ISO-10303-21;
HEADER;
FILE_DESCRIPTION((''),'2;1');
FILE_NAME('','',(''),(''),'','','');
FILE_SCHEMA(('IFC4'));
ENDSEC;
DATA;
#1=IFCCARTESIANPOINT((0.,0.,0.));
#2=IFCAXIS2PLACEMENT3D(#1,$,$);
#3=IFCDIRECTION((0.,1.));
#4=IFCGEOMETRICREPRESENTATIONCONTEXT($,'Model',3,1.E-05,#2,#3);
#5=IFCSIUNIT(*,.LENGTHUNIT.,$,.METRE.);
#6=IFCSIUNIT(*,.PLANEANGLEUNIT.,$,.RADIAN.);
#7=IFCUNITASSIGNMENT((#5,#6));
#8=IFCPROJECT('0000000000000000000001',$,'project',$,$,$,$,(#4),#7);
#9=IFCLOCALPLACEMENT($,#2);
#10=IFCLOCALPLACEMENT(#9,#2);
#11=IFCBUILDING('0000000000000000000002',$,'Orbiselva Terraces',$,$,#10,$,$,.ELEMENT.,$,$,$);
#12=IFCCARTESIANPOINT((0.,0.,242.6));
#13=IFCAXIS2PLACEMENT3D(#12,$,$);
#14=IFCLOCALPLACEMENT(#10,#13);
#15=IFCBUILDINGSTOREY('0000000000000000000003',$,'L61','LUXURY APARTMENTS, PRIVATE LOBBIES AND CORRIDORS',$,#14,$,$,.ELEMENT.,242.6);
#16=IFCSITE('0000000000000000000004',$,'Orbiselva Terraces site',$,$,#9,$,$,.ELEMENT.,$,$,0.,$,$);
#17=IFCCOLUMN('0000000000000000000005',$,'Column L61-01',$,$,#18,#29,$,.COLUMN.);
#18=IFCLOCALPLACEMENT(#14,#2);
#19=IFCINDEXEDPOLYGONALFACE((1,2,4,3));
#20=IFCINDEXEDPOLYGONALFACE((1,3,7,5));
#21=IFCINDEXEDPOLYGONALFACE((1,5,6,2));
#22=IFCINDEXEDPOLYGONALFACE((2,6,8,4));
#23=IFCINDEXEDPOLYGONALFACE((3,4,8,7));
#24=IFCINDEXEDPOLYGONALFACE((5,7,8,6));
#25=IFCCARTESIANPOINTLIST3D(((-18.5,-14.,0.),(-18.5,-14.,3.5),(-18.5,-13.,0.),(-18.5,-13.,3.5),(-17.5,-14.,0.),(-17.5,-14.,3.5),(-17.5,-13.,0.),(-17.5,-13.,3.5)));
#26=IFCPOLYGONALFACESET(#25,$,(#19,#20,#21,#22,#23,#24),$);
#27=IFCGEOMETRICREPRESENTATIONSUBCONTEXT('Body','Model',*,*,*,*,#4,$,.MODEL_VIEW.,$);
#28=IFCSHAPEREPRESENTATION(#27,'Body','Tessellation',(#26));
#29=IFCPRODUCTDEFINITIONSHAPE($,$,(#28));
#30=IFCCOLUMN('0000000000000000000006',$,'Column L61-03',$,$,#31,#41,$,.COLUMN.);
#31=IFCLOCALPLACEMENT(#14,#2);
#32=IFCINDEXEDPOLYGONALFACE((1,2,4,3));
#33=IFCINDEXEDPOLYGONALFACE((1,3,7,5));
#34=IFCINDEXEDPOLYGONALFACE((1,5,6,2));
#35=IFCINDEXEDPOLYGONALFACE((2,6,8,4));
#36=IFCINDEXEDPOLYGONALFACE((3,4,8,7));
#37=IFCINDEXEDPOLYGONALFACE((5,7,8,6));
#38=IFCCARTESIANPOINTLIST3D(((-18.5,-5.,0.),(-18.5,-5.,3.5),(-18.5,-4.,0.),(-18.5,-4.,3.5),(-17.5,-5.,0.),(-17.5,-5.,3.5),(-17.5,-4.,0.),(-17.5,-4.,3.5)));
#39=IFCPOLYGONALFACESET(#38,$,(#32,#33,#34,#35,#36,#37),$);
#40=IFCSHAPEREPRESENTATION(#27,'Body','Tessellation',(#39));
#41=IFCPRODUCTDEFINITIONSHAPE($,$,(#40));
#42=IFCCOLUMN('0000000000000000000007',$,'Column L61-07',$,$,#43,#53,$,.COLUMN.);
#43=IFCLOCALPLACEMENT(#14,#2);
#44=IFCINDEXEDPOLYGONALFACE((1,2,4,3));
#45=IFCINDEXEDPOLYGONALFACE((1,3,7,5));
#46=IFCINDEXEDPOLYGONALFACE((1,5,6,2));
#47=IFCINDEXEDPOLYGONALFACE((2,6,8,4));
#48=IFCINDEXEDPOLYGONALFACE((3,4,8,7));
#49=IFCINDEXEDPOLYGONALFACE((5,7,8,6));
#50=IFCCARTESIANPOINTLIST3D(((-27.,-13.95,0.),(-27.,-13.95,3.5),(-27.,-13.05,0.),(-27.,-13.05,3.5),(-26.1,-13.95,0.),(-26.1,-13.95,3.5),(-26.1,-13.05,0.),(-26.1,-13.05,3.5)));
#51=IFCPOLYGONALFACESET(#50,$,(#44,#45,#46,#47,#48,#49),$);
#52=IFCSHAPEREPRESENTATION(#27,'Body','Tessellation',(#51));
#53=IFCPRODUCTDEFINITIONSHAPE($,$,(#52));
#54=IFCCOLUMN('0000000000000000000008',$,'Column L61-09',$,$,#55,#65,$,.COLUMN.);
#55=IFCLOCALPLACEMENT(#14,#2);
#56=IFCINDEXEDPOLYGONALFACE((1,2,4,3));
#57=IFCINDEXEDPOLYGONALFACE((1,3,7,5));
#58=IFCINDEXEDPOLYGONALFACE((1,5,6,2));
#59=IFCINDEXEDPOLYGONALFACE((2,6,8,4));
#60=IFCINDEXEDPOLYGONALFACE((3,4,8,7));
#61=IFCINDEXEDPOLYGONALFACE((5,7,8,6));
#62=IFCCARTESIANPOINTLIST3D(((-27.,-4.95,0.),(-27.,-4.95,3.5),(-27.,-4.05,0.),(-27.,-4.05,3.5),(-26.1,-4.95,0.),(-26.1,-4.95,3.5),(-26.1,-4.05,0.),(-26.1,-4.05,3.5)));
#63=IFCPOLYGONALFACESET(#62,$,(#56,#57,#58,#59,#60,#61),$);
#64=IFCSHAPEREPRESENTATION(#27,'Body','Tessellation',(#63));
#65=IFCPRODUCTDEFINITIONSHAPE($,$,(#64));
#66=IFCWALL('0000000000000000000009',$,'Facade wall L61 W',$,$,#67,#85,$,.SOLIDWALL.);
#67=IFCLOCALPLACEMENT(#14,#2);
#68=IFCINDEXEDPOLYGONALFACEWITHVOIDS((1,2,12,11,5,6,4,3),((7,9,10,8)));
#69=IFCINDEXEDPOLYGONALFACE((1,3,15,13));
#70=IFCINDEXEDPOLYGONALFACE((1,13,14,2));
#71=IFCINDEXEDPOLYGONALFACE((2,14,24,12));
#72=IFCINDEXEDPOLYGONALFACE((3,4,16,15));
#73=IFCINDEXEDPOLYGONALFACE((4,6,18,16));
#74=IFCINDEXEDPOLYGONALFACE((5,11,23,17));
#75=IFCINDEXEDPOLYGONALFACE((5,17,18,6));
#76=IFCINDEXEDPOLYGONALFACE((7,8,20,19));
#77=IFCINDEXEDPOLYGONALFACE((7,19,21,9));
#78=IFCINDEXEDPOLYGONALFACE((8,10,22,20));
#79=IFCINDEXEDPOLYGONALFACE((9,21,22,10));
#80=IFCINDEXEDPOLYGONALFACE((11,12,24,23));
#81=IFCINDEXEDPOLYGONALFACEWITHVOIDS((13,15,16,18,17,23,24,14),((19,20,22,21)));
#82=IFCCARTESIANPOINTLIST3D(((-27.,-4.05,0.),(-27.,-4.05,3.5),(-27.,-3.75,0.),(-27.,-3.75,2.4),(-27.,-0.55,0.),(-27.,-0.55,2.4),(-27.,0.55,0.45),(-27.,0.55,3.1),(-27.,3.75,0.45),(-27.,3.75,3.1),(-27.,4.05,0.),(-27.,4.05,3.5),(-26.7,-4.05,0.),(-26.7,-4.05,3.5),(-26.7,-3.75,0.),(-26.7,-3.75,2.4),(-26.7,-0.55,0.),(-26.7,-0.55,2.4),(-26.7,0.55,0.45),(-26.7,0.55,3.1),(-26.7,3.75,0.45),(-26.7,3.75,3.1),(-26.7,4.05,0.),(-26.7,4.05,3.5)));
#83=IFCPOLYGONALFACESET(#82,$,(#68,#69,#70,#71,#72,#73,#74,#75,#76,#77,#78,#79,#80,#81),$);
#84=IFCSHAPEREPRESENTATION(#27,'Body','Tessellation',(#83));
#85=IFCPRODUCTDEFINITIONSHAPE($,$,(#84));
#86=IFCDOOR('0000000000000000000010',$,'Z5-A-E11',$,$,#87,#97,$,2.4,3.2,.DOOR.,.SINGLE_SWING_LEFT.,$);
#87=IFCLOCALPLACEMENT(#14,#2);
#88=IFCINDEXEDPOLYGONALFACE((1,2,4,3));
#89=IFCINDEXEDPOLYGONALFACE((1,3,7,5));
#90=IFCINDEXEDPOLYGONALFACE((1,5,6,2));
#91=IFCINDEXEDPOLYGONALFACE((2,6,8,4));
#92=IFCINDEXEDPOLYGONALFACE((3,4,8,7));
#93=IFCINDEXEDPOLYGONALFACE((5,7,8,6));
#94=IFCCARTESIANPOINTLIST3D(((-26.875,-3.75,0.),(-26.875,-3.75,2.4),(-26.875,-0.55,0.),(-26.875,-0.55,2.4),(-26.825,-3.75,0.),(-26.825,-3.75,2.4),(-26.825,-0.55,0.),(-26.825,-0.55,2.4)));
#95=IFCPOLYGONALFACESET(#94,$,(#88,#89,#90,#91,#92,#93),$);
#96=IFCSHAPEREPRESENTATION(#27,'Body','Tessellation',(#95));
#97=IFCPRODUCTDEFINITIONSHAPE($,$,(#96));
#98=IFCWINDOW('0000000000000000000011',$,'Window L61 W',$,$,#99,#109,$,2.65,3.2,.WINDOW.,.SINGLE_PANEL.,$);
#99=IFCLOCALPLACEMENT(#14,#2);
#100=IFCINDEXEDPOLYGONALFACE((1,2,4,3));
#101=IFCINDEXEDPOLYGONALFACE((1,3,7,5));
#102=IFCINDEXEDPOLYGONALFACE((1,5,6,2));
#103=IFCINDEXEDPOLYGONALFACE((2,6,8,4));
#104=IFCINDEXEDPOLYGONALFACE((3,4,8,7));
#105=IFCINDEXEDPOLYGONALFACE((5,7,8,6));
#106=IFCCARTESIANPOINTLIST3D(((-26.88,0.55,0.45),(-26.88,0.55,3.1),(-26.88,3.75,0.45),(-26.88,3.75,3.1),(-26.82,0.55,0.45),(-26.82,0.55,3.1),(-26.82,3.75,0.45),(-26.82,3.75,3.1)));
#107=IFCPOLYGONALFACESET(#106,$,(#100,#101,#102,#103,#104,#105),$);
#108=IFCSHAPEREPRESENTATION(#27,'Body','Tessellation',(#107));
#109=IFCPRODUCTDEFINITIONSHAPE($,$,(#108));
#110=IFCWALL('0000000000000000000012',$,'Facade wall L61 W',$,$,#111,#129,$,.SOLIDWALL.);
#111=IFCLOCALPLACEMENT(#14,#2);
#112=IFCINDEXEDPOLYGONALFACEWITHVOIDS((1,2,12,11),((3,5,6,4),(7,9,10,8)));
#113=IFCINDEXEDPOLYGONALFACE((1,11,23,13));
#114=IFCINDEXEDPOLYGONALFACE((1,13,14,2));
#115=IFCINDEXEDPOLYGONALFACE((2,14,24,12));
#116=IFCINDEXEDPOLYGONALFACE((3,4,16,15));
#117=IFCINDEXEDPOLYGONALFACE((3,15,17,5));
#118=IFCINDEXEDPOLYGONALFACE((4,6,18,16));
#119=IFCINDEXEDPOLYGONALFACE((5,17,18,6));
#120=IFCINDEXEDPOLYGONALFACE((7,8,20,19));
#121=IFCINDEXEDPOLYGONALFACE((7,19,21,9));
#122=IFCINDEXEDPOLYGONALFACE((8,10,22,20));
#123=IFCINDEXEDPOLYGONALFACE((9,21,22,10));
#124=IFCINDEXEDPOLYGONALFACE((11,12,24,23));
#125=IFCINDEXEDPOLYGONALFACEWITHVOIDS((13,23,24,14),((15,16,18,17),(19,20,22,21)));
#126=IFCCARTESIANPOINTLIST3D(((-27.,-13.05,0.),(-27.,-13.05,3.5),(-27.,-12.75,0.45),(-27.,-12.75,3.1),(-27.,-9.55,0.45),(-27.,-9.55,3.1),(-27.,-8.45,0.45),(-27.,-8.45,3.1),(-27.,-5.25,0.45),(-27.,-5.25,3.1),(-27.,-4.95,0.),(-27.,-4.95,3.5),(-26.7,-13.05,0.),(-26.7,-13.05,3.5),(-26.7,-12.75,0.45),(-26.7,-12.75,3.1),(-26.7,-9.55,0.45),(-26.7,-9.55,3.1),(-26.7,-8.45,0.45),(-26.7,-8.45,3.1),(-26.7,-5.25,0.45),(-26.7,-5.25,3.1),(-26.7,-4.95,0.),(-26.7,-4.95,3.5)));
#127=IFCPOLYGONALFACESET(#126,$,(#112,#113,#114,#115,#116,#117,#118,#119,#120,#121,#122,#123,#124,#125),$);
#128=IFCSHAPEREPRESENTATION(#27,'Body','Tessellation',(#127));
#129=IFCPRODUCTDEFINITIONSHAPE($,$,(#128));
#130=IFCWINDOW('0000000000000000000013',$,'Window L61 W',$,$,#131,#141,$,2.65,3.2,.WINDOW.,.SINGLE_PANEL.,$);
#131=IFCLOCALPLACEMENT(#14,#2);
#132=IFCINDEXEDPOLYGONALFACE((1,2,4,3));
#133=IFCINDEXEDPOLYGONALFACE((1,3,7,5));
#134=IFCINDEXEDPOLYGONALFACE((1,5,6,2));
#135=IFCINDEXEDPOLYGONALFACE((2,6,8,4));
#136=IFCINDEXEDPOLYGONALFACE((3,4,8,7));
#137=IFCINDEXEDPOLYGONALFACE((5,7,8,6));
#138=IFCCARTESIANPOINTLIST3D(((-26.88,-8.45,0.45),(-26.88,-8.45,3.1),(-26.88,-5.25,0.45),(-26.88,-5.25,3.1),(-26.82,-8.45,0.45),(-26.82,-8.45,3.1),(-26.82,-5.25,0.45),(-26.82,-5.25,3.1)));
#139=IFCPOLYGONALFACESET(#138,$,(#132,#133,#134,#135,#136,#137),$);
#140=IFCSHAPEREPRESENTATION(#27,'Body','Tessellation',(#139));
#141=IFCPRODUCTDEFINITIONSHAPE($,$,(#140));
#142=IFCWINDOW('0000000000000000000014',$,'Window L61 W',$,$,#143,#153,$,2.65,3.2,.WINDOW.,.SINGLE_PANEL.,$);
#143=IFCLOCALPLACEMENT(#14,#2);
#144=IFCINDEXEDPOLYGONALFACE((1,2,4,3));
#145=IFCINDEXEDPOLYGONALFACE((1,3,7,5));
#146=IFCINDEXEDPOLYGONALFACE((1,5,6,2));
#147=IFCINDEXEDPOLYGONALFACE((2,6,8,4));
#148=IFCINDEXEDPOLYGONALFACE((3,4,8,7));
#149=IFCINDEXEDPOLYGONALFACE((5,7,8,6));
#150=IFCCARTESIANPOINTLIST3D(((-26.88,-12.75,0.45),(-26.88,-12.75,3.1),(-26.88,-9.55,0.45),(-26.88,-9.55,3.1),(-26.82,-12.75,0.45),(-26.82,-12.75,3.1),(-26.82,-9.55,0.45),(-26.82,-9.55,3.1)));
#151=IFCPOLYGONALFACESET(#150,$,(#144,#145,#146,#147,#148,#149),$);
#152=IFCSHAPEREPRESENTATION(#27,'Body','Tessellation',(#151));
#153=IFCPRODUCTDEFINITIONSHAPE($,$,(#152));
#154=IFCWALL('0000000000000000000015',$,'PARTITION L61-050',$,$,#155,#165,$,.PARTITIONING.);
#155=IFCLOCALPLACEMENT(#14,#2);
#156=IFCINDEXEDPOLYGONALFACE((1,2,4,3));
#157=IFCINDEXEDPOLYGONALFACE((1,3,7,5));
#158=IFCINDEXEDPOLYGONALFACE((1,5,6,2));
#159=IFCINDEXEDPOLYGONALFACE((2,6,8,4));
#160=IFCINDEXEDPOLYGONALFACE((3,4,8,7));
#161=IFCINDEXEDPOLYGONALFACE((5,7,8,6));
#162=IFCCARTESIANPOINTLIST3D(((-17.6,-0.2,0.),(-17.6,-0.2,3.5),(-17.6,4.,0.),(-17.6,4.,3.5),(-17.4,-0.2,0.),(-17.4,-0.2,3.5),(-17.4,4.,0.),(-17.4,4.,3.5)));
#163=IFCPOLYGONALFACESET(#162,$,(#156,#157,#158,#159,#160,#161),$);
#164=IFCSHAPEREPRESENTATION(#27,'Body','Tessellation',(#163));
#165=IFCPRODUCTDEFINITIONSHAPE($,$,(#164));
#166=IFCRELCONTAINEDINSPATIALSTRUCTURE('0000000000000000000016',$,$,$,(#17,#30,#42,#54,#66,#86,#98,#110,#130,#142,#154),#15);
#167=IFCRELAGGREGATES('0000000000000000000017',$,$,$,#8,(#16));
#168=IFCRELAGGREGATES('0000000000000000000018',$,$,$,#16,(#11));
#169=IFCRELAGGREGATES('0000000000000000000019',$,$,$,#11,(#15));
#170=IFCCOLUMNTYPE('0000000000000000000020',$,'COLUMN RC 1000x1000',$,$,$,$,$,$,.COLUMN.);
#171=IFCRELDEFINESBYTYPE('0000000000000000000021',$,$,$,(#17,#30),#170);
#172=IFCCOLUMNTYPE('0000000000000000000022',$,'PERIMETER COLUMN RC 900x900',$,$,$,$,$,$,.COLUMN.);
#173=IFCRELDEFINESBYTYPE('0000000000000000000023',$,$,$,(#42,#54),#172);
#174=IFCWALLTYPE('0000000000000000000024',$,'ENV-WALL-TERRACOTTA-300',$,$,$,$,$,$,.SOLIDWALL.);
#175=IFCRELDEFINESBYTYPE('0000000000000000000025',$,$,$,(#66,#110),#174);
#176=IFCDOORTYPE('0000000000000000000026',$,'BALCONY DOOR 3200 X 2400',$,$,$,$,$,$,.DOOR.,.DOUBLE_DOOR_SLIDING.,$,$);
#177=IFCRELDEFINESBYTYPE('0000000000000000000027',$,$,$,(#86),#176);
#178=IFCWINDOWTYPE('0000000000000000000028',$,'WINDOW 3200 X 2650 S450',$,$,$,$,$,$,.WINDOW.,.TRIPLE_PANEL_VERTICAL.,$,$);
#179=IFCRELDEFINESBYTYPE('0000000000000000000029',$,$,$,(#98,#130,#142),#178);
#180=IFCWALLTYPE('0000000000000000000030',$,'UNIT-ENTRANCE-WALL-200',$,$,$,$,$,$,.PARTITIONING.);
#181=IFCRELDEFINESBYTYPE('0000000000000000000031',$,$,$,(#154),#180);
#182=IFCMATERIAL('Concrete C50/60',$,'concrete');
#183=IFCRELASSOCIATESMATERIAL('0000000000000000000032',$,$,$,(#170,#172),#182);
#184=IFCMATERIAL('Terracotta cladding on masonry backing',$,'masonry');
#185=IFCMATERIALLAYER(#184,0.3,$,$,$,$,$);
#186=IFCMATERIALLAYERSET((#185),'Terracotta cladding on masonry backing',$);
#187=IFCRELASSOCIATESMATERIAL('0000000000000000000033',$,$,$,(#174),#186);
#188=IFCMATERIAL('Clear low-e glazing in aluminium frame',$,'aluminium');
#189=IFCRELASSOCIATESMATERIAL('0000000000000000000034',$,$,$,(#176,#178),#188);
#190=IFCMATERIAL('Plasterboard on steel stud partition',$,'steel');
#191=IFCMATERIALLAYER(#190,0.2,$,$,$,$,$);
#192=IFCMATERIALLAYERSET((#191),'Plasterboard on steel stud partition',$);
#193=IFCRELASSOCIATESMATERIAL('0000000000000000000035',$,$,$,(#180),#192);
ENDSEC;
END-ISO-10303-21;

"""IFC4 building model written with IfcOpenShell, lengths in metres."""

from ifc_helpers import new_model, si_unit, direction, frame, frame_2d, origin, origin_2d, place, context, subcontext, project, spatial, rectangle, extrude, material, layer, layer_set, material_profile, profile_set, type_object, element, fill, save


model = new_model("IFC4")

# Units and contexts
model_context = context("Model", 3, precision=1e-05, world=origin(), true_north=direction((0.0, 1.0)))
body_context = subcontext(model_context, "Body", "Model", "MODEL_VIEW")
ifc_project = project(units=[si_unit("LENGTHUNIT", "METRE"), si_unit("PLANEANGLEUNIT", "RADIAN")], contexts=[model_context])

# Site, building, storey
site_placement = place(None, origin())
site = spatial("IfcSite", under=ifc_project, at=site_placement, Name="Orbiselva Terraces site", CompositionType="ELEMENT", RefElevation=0.0)
building_placement = place(site_placement, origin())
building = spatial("IfcBuilding", under=site, at=building_placement, Name="Orbiselva Terraces", CompositionType="ELEMENT")
storey_placement = place(building_placement, frame((0.0, 0.0, 242.6)))
storey = spatial("IfcBuildingStorey", under=building, at=storey_placement, Name="L61", Description="LUXURY APARTMENTS, PRIVATE LOBBIES AND CORRIDORS", CompositionType="ELEMENT", Elevation=242.6)

# Columns
ifc_material_1 = material(Name="Concrete C50/60", Category="concrete")
ifc_material_profile_1 = material_profile(ifc_material_1, rectangle(XDim=1.0, YDim=1.0, at=origin_2d()), Name="RC 1000x1000")
ifc_profile_set_1 = profile_set([ifc_material_profile_1], Name="Concrete C50/60")
column_type_1 = type_object("IfcColumnType", Name="COLUMN RC 1000x1000", PredefinedType="COLUMN", material=ifc_profile_set_1)
for number, where, z_axis, x_axis, name in (
    (1, (-18.0, -13.5, 0.0), (0.0, 0.0, 1.0), (1.0, 0.0, 0.0), "Column L61-01"),
    (2, (-18.0, -4.5, 0.0), (0.0, 0.0, 1.0), (1.0, 0.0, 0.0), "Column L61-03"),
):
    element("IfcColumn", number, at=place(storey_placement, frame(where, z_axis=z_axis, x_axis=x_axis)), inside=storey, type_object=column_type_1, Name=name, PredefinedType="COLUMN", context=body_context, shape_type="SweptSolid", body=[
        extrude(rectangle(XDim=1.0, YDim=1.0, at=origin_2d()), origin(), (0.0, 0.0, 1.0), 3.5),
    ])
ifc_material_profile_2 = material_profile(ifc_material_1, rectangle(XDim=0.9, YDim=0.9, at=origin_2d()), Name="RC 900x900")
ifc_profile_set_2 = profile_set([ifc_material_profile_2], Name="Concrete C50/60")
column_type_2 = type_object("IfcColumnType", Name="PERIMETER COLUMN RC 900x900", PredefinedType="COLUMN", material=ifc_profile_set_2)
for number, where, z_axis, x_axis, name in (
    (3, (-26.55, -13.5, 0.0), (0.0, 0.0, 1.0), (1.0, 0.0, 0.0), "Column L61-07"),
    (4, (-26.55, -4.5, 0.0), (0.0, 0.0, 1.0), (1.0, 0.0, 0.0), "Column L61-09"),
):
    element("IfcColumn", number, at=place(storey_placement, frame(where, z_axis=z_axis, x_axis=x_axis)), inside=storey, type_object=column_type_2, Name=name, PredefinedType="COLUMN", context=body_context, shape_type="SweptSolid", body=[
        extrude(rectangle(XDim=0.9, YDim=0.9, at=origin_2d()), origin(), (0.0, 0.0, 1.0), 3.5),
    ])

# Wall, openings, door, window
ifc_material_2 = material(Name="Terracotta cladding on masonry backing", Category="masonry")
ifc_layer_1 = layer(ifc_material_2, 0.3)
ifc_layer_set_1 = layer_set([ifc_layer_1], Name="Terracotta cladding on masonry backing")
wall_type_1 = type_object("IfcWallType", Name="ENV-WALL-TERRACOTTA-300", PredefinedType="SOLIDWALL", material=ifc_layer_set_1)
wall_1_placement = place(storey_placement, frame((-26.85, -4.05, 0.0), z_axis=(0.0, 0.0, 1.0), x_axis=(0.0, 1.0, 0.0)))
wall_1 = element("IfcWall", 5, at=wall_1_placement, inside=storey, type_object=wall_type_1, Name="Facade wall L61 W", PredefinedType="SOLIDWALL", context=body_context, shape_type="SweptSolid", body=[
    extrude(rectangle(XDim=8.1, YDim=0.3, at=frame_2d((4.05, 0.0))), origin(), (0.0, 0.0, 1.0), 3.5),
])
opening_1_placement = place(wall_1_placement, frame((4.6, 0.0, 0.45)))
opening_1 = element("IfcOpeningElement", 6, at=opening_1_placement, cuts=wall_1, PredefinedType="OPENING", context=body_context, shape_type="SweptSolid", body=[
    extrude(rectangle(XDim=3.2, YDim=2.65, at=frame_2d((1.6, 1.325))), frame((0.0, 0.16, 0.0), z_axis=(0.0, -1.0, 0.0), x_axis=(1.0, 0.0, 0.0)), (0.0, 0.0, 1.0), 0.32),
])
opening_2_placement = place(wall_1_placement, frame((0.3, 0.0, 0.0)))
opening_2 = element("IfcOpeningElement", 7, at=opening_2_placement, cuts=wall_1, PredefinedType="OPENING", context=body_context, shape_type="SweptSolid", body=[
    extrude(rectangle(XDim=3.2, YDim=2.4, at=frame_2d((1.6, 1.2))), frame((0.0, 0.16, 0.0), z_axis=(0.0, -1.0, 0.0), x_axis=(1.0, 0.0, 0.0)), (0.0, 0.0, 1.0), 0.32),
])
ifc_material_3 = material(Name="Clear low-e glazing in aluminium frame", Category="aluminium")
door_type_1 = type_object("IfcDoorType", Name="BALCONY DOOR 3200 X 2400", OperationType="DOUBLE_DOOR_SLIDING", PredefinedType="DOOR", material=ifc_material_3)
door_1_placement = place(opening_2_placement, origin())
door_1 = element("IfcDoor", 8, at=door_1_placement, inside=storey, type_object=door_type_1, Name="Z5-A-E11", OperationType="SINGLE_SWING_LEFT", OverallHeight=2.4, OverallWidth=3.2, PredefinedType="DOOR", context=body_context, shape_type="SweptSolid", body=[
    extrude(rectangle(XDim=3.2, YDim=2.4, at=frame_2d((1.6, 1.2))), frame((0.0, 0.025, 0.0), z_axis=(0.0, -1.0, 0.0), x_axis=(1.0, 0.0, 0.0)), (0.0, 0.0, 1.0), 0.05),
])
fill(opening_2, door_1)
window_type = type_object("IfcWindowType", Name="WINDOW 3200 X 2650 S450", PartitioningType="TRIPLE_PANEL_VERTICAL", PredefinedType="WINDOW", material=ifc_material_3)
window_1_placement = place(opening_1_placement, origin())
window_1 = element("IfcWindow", 9, at=window_1_placement, inside=storey, type_object=window_type, Name="Window L61 W", OverallHeight=2.65, OverallWidth=3.2, PartitioningType="SINGLE_PANEL", PredefinedType="WINDOW", context=body_context, shape_type="SweptSolid", body=[
    extrude(rectangle(XDim=3.2, YDim=2.65, at=frame_2d((1.6, 1.325))), frame((0.0, 0.03, 0.0), z_axis=(0.0, -1.0, 0.0), x_axis=(1.0, 0.0, 0.0)), (0.0, 0.0, 1.0), 0.06),
])
fill(opening_1, window_1)

# Wall, openings, windows
wall_2_placement = place(storey_placement, frame((-26.85, -13.05, 0.0), z_axis=(0.0, 0.0, 1.0), x_axis=(0.0, 1.0, 0.0)))
wall_2 = element("IfcWall", 10, at=wall_2_placement, inside=storey, type_object=wall_type_1, Name="Facade wall L61 W", PredefinedType="SOLIDWALL", context=body_context, shape_type="SweptSolid", body=[
    extrude(rectangle(XDim=8.1, YDim=0.3, at=frame_2d((4.05, 0.0))), origin(), (0.0, 0.0, 1.0), 3.5),
])
opening_3_placement = place(wall_2_placement, frame((4.6, 0.0, 0.45)))
opening_3 = element("IfcOpeningElement", 11, at=opening_3_placement, cuts=wall_2, PredefinedType="OPENING", context=body_context, shape_type="SweptSolid", body=[
    extrude(rectangle(XDim=3.2, YDim=2.65, at=frame_2d((1.6, 1.325))), frame((0.0, 0.16, 0.0), z_axis=(0.0, -1.0, 0.0), x_axis=(1.0, 0.0, 0.0)), (0.0, 0.0, 1.0), 0.32),
])
opening_4_placement = place(wall_2_placement, frame((0.3, 0.0, 0.45)))
opening_4 = element("IfcOpeningElement", 12, at=opening_4_placement, cuts=wall_2, PredefinedType="OPENING", context=body_context, shape_type="SweptSolid", body=[
    extrude(rectangle(XDim=3.2, YDim=2.65, at=frame_2d((1.6, 1.325))), frame((0.0, 0.16, 0.0), z_axis=(0.0, -1.0, 0.0), x_axis=(1.0, 0.0, 0.0)), (0.0, 0.0, 1.0), 0.32),
])
window_2_placement = place(opening_3_placement, origin())
window_2 = element("IfcWindow", 13, at=window_2_placement, inside=storey, type_object=window_type, Name="Window L61 W", OverallHeight=2.65, OverallWidth=3.2, PartitioningType="SINGLE_PANEL", PredefinedType="WINDOW", context=body_context, shape_type="SweptSolid", body=[
    extrude(rectangle(XDim=3.2, YDim=2.65, at=frame_2d((1.6, 1.325))), frame((0.0, 0.03, 0.0), z_axis=(0.0, -1.0, 0.0), x_axis=(1.0, 0.0, 0.0)), (0.0, 0.0, 1.0), 0.06),
])
fill(opening_3, window_2)
window_3_placement = place(opening_4_placement, origin())
window_3 = element("IfcWindow", 14, at=window_3_placement, inside=storey, type_object=window_type, Name="Window L61 W", OverallHeight=2.65, OverallWidth=3.2, PartitioningType="SINGLE_PANEL", PredefinedType="WINDOW", context=body_context, shape_type="SweptSolid", body=[
    extrude(rectangle(XDim=3.2, YDim=2.65, at=frame_2d((1.6, 1.325))), frame((0.0, 0.03, 0.0), z_axis=(0.0, -1.0, 0.0), x_axis=(1.0, 0.0, 0.0)), (0.0, 0.0, 1.0), 0.06),
])
fill(opening_4, window_3)

# Wall
ifc_material_4 = material(Name="Plasterboard on steel stud partition", Category="steel")
ifc_layer_2 = layer(ifc_material_4, 0.2)
ifc_layer_set_2 = layer_set([ifc_layer_2], Name="Plasterboard on steel stud partition")
wall_type_2 = type_object("IfcWallType", Name="UNIT-ENTRANCE-WALL-200", PredefinedType="PARTITIONING", material=ifc_layer_set_2)
wall_3_placement = place(storey_placement, frame((-17.5, -0.2, 0.0), z_axis=(0.0, 0.0, 1.0), x_axis=(0.0, 1.0, 0.0)))
element("IfcWall", 15, at=wall_3_placement, inside=storey, type_object=wall_type_2, Name="PARTITION L61-050", PredefinedType="PARTITIONING", context=body_context, shape_type="SweptSolid", body=[
    extrude(rectangle(XDim=4.2, YDim=0.2, at=frame_2d((2.1, 0.0))), origin(), (0.0, 0.0, 1.0), 3.5),
])

save(model, "model.ifc")
